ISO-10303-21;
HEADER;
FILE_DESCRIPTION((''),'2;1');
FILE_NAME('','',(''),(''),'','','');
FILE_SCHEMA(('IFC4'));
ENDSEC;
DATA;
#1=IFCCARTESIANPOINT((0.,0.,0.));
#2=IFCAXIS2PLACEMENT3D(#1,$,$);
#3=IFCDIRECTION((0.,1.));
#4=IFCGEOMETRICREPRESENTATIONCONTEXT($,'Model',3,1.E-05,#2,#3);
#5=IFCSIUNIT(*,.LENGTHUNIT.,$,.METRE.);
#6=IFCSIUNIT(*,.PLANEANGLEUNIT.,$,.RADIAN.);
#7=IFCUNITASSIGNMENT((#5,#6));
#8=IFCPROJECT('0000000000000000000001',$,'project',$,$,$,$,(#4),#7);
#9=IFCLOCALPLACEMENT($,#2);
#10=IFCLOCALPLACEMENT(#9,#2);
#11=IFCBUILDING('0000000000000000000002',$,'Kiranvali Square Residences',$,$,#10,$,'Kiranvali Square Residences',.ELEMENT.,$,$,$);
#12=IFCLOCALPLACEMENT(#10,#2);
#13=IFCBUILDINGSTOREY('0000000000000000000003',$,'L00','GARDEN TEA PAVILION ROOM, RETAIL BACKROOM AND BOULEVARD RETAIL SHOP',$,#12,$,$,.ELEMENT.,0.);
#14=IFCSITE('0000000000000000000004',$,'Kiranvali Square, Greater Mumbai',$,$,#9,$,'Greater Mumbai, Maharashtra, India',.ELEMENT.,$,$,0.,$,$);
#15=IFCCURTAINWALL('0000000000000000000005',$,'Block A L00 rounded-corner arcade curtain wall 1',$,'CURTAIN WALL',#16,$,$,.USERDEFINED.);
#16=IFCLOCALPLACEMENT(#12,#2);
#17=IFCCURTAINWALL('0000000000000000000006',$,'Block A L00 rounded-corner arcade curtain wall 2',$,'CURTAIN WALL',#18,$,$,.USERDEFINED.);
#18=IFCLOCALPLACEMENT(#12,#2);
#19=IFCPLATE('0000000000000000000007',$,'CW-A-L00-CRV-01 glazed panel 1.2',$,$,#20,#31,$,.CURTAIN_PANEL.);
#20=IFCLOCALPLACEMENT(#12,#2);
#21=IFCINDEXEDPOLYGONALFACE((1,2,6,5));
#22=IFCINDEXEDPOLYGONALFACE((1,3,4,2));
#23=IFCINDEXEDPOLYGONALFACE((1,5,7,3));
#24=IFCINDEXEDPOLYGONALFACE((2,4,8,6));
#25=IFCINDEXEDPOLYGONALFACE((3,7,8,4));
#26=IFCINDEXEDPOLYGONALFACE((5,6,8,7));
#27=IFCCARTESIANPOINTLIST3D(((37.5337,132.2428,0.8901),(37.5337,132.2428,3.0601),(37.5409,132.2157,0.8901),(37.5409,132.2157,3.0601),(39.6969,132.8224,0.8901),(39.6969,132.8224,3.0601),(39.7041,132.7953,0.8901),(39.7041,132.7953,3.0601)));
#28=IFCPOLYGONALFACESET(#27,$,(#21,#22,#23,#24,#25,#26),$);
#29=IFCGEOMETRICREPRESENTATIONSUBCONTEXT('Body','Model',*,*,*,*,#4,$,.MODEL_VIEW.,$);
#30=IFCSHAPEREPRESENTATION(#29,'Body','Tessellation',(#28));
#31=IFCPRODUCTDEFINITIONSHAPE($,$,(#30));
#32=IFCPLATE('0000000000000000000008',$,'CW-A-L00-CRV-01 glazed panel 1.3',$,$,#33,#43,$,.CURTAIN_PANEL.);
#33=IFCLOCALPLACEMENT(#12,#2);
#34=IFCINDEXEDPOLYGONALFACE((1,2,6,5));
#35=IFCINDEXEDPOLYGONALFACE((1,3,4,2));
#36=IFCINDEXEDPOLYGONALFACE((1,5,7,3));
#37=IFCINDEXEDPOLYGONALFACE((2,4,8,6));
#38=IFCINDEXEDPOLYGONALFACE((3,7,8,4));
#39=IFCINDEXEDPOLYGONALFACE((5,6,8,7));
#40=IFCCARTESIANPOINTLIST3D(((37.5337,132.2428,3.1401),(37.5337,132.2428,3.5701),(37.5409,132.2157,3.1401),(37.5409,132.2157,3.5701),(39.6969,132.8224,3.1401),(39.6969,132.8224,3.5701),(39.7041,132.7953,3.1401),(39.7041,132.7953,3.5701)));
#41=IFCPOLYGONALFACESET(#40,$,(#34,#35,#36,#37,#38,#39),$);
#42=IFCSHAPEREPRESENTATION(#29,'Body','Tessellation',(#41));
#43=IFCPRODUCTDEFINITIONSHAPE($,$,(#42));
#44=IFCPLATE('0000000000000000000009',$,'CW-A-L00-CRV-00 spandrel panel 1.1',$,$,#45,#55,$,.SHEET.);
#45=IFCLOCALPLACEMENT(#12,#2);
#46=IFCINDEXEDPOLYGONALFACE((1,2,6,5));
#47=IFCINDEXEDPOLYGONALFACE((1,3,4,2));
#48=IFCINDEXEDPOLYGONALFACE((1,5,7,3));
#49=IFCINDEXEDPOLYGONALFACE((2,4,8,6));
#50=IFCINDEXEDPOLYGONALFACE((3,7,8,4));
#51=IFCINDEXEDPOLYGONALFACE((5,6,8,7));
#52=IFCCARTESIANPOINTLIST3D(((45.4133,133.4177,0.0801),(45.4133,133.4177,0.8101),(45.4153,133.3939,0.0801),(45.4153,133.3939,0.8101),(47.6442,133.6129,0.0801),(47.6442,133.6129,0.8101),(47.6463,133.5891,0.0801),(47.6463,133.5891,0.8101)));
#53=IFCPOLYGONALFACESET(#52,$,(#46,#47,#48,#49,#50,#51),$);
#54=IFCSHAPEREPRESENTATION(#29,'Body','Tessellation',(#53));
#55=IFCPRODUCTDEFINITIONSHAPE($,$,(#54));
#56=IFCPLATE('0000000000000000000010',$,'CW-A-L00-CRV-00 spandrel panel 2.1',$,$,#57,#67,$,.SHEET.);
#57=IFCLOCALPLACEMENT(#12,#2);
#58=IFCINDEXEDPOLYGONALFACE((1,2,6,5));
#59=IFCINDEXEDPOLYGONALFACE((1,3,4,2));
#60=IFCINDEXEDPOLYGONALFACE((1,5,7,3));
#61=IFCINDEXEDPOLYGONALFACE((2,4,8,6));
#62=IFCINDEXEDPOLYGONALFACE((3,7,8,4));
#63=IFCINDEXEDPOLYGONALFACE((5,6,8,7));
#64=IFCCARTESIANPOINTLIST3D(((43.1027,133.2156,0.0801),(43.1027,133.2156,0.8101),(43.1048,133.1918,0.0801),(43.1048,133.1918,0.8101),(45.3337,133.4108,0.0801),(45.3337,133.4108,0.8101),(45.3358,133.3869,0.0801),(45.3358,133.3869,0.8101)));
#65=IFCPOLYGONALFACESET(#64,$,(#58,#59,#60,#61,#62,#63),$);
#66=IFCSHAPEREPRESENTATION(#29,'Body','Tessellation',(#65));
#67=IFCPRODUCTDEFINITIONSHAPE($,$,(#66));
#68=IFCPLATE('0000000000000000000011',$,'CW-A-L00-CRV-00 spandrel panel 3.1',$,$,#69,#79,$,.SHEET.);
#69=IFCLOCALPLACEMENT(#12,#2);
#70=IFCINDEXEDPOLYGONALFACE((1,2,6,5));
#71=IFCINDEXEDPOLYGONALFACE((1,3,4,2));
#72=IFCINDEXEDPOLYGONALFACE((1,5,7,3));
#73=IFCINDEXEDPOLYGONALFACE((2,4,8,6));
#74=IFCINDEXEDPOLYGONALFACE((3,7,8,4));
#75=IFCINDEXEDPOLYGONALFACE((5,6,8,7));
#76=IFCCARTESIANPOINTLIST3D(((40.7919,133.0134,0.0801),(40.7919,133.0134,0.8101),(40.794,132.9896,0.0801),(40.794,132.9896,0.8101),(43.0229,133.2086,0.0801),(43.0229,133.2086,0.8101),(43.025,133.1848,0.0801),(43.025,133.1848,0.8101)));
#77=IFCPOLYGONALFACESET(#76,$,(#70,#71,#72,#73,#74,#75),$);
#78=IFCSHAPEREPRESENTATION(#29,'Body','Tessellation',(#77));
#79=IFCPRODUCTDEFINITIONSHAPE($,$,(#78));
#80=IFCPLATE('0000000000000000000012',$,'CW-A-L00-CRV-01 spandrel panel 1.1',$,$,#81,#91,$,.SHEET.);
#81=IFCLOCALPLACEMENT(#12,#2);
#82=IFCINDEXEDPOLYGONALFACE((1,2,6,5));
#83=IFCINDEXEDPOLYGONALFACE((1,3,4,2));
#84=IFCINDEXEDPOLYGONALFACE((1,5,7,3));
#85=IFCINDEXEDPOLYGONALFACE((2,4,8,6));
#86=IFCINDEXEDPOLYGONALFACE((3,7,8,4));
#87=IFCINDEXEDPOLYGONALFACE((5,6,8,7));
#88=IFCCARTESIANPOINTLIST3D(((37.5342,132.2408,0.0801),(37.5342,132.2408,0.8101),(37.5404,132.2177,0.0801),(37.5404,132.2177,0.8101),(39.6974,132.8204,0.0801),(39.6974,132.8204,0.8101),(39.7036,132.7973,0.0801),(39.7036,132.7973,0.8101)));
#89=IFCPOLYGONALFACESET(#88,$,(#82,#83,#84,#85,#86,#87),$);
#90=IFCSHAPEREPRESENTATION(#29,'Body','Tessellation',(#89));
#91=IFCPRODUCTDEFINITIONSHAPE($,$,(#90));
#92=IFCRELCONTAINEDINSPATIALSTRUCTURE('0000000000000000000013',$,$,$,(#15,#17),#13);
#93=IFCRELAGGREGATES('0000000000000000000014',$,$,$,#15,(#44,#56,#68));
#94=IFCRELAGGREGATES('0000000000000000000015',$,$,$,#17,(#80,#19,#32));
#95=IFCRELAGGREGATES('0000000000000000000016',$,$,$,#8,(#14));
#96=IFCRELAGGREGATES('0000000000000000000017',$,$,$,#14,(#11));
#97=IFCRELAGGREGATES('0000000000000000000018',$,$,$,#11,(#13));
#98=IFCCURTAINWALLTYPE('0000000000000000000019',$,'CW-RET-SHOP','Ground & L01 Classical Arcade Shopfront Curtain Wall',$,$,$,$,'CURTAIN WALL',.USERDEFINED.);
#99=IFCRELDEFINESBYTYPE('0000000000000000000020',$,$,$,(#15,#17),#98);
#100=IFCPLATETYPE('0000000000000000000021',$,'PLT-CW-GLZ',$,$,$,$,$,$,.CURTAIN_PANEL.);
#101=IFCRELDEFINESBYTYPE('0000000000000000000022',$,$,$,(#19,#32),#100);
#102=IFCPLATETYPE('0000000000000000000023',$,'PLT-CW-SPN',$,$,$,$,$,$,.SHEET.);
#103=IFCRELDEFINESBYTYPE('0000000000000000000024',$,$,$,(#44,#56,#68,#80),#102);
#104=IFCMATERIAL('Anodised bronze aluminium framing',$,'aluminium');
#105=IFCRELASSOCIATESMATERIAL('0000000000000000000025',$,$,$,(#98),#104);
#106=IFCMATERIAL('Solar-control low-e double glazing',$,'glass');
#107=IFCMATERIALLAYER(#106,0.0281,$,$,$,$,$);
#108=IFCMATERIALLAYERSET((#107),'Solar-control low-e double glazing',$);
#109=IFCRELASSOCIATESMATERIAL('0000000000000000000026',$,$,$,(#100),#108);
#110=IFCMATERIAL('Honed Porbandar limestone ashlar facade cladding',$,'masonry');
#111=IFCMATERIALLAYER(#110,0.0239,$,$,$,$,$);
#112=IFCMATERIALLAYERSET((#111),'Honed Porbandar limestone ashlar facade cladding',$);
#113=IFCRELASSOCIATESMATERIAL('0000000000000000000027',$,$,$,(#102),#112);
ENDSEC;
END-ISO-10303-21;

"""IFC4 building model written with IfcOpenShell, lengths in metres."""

from ifc_helpers import new_model, si_unit, direction, frame, origin, origin_2d, place, context, subcontext, project, spatial, rectangle, extrude, material, layer, layer_set, type_object, element, aggregate, save


model = new_model("IFC4")

# Units and contexts
model_context = context("Model", 3, precision=1e-05, world=origin(), true_north=direction((0.0, 1.0)))
body_context = subcontext(model_context, "Body", "Model", "MODEL_VIEW")
ifc_project = project(units=[si_unit("LENGTHUNIT", "METRE"), si_unit("PLANEANGLEUNIT", "RADIAN")], contexts=[model_context])

# Site, building, storey
site_placement = place(None, origin())
site = spatial("IfcSite", under=ifc_project, at=site_placement, Name="Kiranvali Square, Greater Mumbai", LongName="Greater Mumbai, Maharashtra, India", CompositionType="ELEMENT", RefElevation=0.0)
building_placement = place(site_placement, origin())
building = spatial("IfcBuilding", under=site, at=building_placement, Name="Kiranvali Square Residences", LongName="Kiranvali Square Residences", CompositionType="ELEMENT")
storey_placement = place(building_placement, origin())
storey = spatial("IfcBuildingStorey", under=building, at=storey_placement, Name="L00", Description="GARDEN TEA PAVILION ROOM, RETAIL BACKROOM AND BOULEVARD RETAIL SHOP", CompositionType="ELEMENT", Elevation=0.0)

# Curtain walls
ifc_material_1 = material(Name="Anodised bronze aluminium framing", Category="aluminium")
curtain_wall_type = type_object("IfcCurtainWallType", Name="CW-RET-SHOP", Description="Ground & L01 Classical Arcade Shopfront Curtain Wall", ElementType="CURTAIN WALL", PredefinedType="USERDEFINED", material=ifc_material_1)
curtain_wall_1_placement = place(storey_placement, origin())
curtain_wall_1 = element("IfcCurtainWall", 1, at=curtain_wall_1_placement, inside=storey, type_object=curtain_wall_type, Name="Block A L00 rounded-corner arcade curtain wall 1", ObjectType="CURTAIN WALL", PredefinedType="USERDEFINED")
curtain_wall_2_placement = place(storey_placement, origin())
curtain_wall_2 = element("IfcCurtainWall", 2, at=curtain_wall_2_placement, inside=storey, type_object=curtain_wall_type, Name="Block A L00 rounded-corner arcade curtain wall 2", ObjectType="CURTAIN WALL", PredefinedType="USERDEFINED")

# Plates
ifc_material_2 = material(Name="Solar-control low-e double glazing", Category="glass")
ifc_layer_1 = layer(ifc_material_2, 0.0281)
ifc_layer_set_1 = layer_set([ifc_layer_1], Name="Solar-control low-e double glazing")
plate_type_1 = type_object("IfcPlateType", Name="PLT-CW-GLZ", PredefinedType="CURTAIN_PANEL", material=ifc_layer_set_1)
plate_1_placement = place(storey_placement, frame((38.6189, 132.519, 0.8901), z_axis=(0.0, 0.0, 1.0), x_axis=(-0.965926, -0.258819, 0.0)))
plate_1 = element("IfcPlate", 3, at=plate_1_placement, type_object=plate_type_1, Name="CW-A-L00-CRV-01 glazed panel 1.2", PredefinedType="CURTAIN_PANEL", context=body_context, shape_type="SweptSolid", body=[
    extrude(rectangle(XDim=2.2395, YDim=0.0281, at=origin_2d()), origin(), (0.0, 0.0, 1.0), 2.1699),
])
plate_2_placement = place(storey_placement, frame((38.6189, 132.519, 3.1401), z_axis=(0.0, 0.0, 1.0), x_axis=(-0.965926, -0.258819, 0.0)))
plate_2 = element("IfcPlate", 4, at=plate_2_placement, type_object=plate_type_1, Name="CW-A-L00-CRV-01 glazed panel 1.3", PredefinedType="CURTAIN_PANEL", context=body_context, shape_type="SweptSolid", body=[
    extrude(rectangle(XDim=2.2395, YDim=0.0281, at=origin_2d()), origin(), (0.0, 0.0, 1.0), 0.4299),
])
ifc_material_3 = material(Name="Honed Porbandar limestone ashlar facade cladding", Category="masonry")
ifc_layer_2 = layer(ifc_material_3, 0.0239)
ifc_layer_set_2 = layer_set([ifc_layer_2], Name="Honed Porbandar limestone ashlar facade cladding")
plate_type_2 = type_object("IfcPlateType", Name="PLT-CW-SPN", PredefinedType="SHEET", material=ifc_layer_set_2)
plate_3_placement = place(storey_placement, frame((46.5298, 133.5034, 0.0801), z_axis=(0.0, 0.0, 1.0), x_axis=(-0.996195, -0.087156, 0.0)))
plate_3 = element("IfcPlate", 5, at=plate_3_placement, type_object=plate_type_2, Name="CW-A-L00-CRV-00 spandrel panel 1.1", PredefinedType="SHEET", context=body_context, shape_type="SweptSolid", body=[
    extrude(rectangle(XDim=2.2395, YDim=0.0239, at=origin_2d()), origin(), (0.0, 0.0, 1.0), 0.73),
])
plate_4_placement = place(storey_placement, frame((44.2192, 133.3013, 0.0801), z_axis=(0.0, 0.0, 1.0), x_axis=(-0.996195, -0.087156, 0.0)))
plate_4 = element("IfcPlate", 6, at=plate_4_placement, type_object=plate_type_2, Name="CW-A-L00-CRV-00 spandrel panel 2.1", PredefinedType="SHEET", context=body_context, shape_type="SweptSolid", body=[
    extrude(rectangle(XDim=2.2395, YDim=0.0239, at=origin_2d()), origin(), (0.0, 0.0, 1.0), 0.73),
])
plate_5_placement = place(storey_placement, frame((41.9084, 133.0991, 0.0801), z_axis=(0.0, 0.0, 1.0), x_axis=(-0.996195, -0.087156, 0.0)))
plate_5 = element("IfcPlate", 7, at=plate_5_placement, type_object=plate_type_2, Name="CW-A-L00-CRV-00 spandrel panel 3.1", PredefinedType="SHEET", context=body_context, shape_type="SweptSolid", body=[
    extrude(rectangle(XDim=2.2395, YDim=0.0239, at=origin_2d()), origin(), (0.0, 0.0, 1.0), 0.73),
])
aggregate(curtain_wall_1, [plate_3, plate_4, plate_5])
plate_6_placement = place(storey_placement, frame((38.6189, 132.519, 0.0801), z_axis=(0.0, 0.0, 1.0), x_axis=(-0.965926, -0.258819, 0.0)))
plate_6 = element("IfcPlate", 8, at=plate_6_placement, type_object=plate_type_2, Name="CW-A-L00-CRV-01 spandrel panel 1.1", PredefinedType="SHEET", context=body_context, shape_type="SweptSolid", body=[
    extrude(rectangle(XDim=2.2395, YDim=0.0239, at=origin_2d()), origin(), (0.0, 0.0, 1.0), 0.73),
])
aggregate(curtain_wall_2, [plate_6, plate_1, plate_2])

save(model, "model.ifc")
